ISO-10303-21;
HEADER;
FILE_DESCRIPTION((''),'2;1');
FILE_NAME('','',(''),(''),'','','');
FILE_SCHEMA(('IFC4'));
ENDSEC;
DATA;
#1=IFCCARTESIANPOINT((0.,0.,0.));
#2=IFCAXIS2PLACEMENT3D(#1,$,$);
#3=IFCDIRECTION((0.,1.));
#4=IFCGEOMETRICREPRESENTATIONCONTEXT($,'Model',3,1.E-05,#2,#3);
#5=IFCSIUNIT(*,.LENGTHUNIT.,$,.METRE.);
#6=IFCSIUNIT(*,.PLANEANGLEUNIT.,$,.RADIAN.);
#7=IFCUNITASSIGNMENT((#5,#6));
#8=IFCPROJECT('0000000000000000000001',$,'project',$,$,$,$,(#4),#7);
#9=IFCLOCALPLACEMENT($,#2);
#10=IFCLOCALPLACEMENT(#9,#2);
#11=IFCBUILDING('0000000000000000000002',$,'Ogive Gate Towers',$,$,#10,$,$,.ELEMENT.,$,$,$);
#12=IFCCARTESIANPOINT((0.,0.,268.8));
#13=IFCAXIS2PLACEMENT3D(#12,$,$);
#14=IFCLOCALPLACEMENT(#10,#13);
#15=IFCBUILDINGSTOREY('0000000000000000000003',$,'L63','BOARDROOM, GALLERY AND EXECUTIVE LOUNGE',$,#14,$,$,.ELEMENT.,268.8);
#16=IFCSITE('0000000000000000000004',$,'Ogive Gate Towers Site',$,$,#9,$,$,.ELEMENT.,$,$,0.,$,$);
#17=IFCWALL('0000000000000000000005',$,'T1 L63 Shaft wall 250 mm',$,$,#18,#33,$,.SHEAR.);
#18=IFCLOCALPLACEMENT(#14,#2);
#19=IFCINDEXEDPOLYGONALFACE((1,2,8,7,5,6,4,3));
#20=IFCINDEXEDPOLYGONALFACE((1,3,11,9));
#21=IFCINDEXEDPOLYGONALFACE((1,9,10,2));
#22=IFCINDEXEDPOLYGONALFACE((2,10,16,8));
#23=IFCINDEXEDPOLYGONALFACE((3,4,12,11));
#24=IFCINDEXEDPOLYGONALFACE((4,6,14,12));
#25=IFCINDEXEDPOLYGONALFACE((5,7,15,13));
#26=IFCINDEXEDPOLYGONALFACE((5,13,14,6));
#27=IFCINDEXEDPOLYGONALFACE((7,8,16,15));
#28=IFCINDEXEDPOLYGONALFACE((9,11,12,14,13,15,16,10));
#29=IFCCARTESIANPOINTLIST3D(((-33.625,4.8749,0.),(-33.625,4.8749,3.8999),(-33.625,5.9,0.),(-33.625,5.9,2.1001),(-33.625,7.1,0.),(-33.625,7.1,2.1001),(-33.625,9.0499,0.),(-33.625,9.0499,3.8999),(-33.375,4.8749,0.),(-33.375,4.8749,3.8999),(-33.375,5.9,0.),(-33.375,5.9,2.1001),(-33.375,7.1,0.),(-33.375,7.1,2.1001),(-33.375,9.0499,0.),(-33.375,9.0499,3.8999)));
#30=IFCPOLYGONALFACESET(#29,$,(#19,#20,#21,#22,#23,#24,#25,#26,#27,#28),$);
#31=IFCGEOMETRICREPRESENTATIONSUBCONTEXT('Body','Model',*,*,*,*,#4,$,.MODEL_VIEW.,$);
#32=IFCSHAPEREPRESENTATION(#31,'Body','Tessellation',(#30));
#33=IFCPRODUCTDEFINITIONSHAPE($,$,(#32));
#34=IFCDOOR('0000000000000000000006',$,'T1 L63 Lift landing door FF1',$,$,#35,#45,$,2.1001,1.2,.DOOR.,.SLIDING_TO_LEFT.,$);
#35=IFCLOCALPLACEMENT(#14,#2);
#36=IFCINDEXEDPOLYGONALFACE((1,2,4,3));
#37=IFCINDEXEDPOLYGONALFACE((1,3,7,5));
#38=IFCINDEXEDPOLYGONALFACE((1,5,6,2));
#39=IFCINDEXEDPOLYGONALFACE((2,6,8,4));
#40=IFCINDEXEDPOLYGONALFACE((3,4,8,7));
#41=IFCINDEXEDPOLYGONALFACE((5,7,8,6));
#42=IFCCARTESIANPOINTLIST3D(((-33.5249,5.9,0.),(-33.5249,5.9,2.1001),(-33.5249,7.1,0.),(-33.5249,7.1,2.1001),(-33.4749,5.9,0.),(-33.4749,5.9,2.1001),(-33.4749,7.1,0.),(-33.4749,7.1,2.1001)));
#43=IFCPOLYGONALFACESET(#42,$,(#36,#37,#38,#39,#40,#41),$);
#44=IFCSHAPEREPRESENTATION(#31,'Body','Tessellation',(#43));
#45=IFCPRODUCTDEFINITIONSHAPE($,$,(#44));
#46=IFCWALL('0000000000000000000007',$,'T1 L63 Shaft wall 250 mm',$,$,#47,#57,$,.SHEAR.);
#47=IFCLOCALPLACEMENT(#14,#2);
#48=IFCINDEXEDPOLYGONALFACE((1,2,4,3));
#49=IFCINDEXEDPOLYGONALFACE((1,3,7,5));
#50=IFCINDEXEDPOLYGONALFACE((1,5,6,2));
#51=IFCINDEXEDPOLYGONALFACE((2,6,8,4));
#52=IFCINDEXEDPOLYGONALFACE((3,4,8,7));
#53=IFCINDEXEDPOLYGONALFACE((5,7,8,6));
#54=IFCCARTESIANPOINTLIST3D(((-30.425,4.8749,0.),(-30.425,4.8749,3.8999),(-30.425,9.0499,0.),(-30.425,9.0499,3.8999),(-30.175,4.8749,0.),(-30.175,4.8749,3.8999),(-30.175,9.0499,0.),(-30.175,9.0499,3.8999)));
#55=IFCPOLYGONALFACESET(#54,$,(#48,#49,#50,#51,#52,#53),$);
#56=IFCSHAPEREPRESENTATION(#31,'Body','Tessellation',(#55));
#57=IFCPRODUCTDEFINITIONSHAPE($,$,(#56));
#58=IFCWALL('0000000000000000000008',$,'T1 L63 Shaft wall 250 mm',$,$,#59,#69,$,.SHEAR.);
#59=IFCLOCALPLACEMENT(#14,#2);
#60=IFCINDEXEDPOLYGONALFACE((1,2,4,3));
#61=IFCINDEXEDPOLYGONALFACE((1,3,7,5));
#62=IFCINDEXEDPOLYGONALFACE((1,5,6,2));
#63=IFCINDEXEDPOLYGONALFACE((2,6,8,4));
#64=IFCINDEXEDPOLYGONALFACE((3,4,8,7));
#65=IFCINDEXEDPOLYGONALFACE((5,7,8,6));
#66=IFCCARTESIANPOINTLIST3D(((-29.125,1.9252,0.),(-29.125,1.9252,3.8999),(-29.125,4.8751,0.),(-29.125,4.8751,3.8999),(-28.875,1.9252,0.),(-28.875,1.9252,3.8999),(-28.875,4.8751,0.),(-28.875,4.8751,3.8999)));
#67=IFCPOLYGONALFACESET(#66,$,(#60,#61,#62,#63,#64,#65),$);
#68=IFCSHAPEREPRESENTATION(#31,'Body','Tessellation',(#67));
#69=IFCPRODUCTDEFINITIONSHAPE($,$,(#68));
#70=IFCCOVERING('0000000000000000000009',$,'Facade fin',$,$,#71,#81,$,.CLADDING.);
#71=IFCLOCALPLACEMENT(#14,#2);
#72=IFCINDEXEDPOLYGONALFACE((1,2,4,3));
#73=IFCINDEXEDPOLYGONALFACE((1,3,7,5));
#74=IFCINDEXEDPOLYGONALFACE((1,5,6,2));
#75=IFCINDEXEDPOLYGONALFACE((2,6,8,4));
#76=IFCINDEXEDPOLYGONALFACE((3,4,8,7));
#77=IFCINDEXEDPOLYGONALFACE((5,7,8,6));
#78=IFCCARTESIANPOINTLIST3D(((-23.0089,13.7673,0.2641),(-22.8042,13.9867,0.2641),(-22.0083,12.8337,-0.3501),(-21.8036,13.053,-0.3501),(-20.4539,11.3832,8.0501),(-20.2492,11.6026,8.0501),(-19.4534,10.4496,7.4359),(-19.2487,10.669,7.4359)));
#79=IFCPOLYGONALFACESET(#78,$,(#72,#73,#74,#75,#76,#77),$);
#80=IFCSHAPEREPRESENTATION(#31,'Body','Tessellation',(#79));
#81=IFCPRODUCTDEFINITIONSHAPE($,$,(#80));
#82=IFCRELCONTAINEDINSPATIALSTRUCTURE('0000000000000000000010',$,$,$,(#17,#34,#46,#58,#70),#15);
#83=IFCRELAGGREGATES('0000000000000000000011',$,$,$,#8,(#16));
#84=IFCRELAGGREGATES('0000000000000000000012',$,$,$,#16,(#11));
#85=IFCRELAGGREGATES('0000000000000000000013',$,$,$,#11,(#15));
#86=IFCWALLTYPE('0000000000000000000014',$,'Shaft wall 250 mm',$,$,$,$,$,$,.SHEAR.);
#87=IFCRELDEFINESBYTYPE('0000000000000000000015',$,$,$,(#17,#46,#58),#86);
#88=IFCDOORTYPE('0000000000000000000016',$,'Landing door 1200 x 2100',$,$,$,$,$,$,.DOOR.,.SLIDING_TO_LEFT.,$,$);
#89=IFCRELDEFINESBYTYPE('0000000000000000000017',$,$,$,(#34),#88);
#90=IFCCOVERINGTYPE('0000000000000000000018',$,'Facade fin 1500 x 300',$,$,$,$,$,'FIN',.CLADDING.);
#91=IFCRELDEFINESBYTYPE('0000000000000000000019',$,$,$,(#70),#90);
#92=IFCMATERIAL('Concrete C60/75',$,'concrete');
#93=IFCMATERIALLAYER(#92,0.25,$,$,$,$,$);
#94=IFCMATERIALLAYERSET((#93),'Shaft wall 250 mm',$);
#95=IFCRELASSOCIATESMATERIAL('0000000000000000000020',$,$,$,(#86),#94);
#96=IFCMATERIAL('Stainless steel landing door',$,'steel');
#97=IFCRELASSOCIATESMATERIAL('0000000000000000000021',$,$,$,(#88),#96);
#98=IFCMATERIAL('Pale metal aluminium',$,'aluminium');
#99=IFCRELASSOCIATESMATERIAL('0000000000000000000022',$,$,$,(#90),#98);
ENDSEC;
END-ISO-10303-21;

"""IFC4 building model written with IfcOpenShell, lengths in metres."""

from ifc_helpers import new_model, si_unit, direction, frame, frame_2d, origin, origin_2d, place, context, subcontext, project, spatial, rectangle, extrude, material, layer, layer_set, material_profile, profile_set, type_object, element, fill, save


model = new_model("IFC4")

# Units and contexts
model_context = context("Model", 3, precision=1e-05, world=origin(), true_north=direction((0.0, 1.0)))
body_context = subcontext(model_context, "Body", "Model", "MODEL_VIEW")
ifc_project = project(units=[si_unit("LENGTHUNIT", "METRE"), si_unit("PLANEANGLEUNIT", "RADIAN")], contexts=[model_context])

# Site, building, storey
site_placement = place(None, origin())
site = spatial("IfcSite", under=ifc_project, at=site_placement, Name="Ogive Gate Towers Site", CompositionType="ELEMENT", RefElevation=0.0)
building_placement = place(site_placement, origin())
building = spatial("IfcBuilding", under=site, at=building_placement, Name="Ogive Gate Towers", CompositionType="ELEMENT")
storey_placement = place(building_placement, frame((0.0, 0.0, 268.8)))
storey = spatial("IfcBuildingStorey", under=building, at=storey_placement, Name="L63", Description="BOARDROOM, GALLERY AND EXECUTIVE LOUNGE", CompositionType="ELEMENT", Elevation=268.8)

# Shared definitions
ifc_material_1 = material(Name="Pale metal aluminium", Category="aluminium")

# Wall, opening, door
ifc_material_2 = material(Name="Concrete C60/75", Category="concrete")
ifc_layer_1 = layer(ifc_material_2, 0.25)
ifc_layer_set_1 = layer_set([ifc_layer_1], Name="Shaft wall 250 mm")
wall_type_1 = type_object("IfcWallType", Name="Shaft wall 250 mm", PredefinedType="SHEAR", material=ifc_layer_set_1)
wall_1_placement = place(storey_placement, frame((-33.5, 4.875, 0.0), z_axis=(0.0, 0.0, 1.0), x_axis=(0.0, 1.0, 0.0)))
wall_1 = element("IfcWall", 1, at=wall_1_placement, inside=storey, type_object=wall_type_1, Name="T1 L63 Shaft wall 250 mm", PredefinedType="SHEAR", context=body_context, shape_type="SweptSolid", body=[
    extrude(rectangle(XDim=4.175, YDim=0.25, at=frame_2d((2.0874, 0.0))), origin(), (0.0, 0.0, 1.0), 3.8999),
])
opening_1_placement = place(wall_1_placement, frame((1.0249, 0.0, 0.0)))
opening_1 = element("IfcOpeningElement", 2, at=opening_1_placement, cuts=wall_1, PredefinedType="OPENING", context=body_context, shape_type="SweptSolid", body=[
    extrude(rectangle(XDim=1.2, YDim=2.1001, at=frame_2d((0.6001, 1.05))), frame((0.0, 0.135, 0.0), z_axis=(0.0, -1.0, 0.0), x_axis=(1.0, 0.0, 0.0)), (0.0, 0.0, 1.0), 0.27),
])
ifc_material_3 = material(Name="Stainless steel landing door", Category="steel")
door_type_1 = type_object("IfcDoorType", Name="Landing door 1200 x 2100", OperationType="SLIDING_TO_LEFT", PredefinedType="DOOR", material=ifc_material_3)
door_1_placement = place(opening_1_placement, origin())
door_1 = element("IfcDoor", 3, at=door_1_placement, inside=storey, type_object=door_type_1, Name="T1 L63 Lift landing door FF1", OperationType="SLIDING_TO_LEFT", OverallHeight=2.1001, OverallWidth=1.2, PredefinedType="DOOR", context=body_context, shape_type="SweptSolid", body=[
    extrude(rectangle(XDim=1.2, YDim=2.1001, at=frame_2d((0.6001, 1.05))), frame((0.0, 0.0249, 0.0), z_axis=(0.0, -1.0, 0.0), x_axis=(1.0, 0.0, 0.0)), (0.0, 0.0, 1.0), 0.05),
])
fill(opening_1, door_1)

# Walls
wall_2_placement = place(storey_placement, frame((-30.3, 4.875, 0.0), z_axis=(0.0, 0.0, 1.0), x_axis=(0.0, 1.0, 0.0)))
element("IfcWall", 4, at=wall_2_placement, inside=storey, type_object=wall_type_1, Name="T1 L63 Shaft wall 250 mm", PredefinedType="SHEAR", context=body_context, shape_type="SweptSolid", body=[
    extrude(rectangle(XDim=4.175, YDim=0.25, at=frame_2d((2.0874, 0.0))), origin(), (0.0, 0.0, 1.0), 3.8999),
])
wall_3_placement = place(storey_placement, frame((-29.0, 1.925, 0.0), z_axis=(0.0, 0.0, 1.0), x_axis=(0.0, 1.0, 0.0)))
element("IfcWall", 5, at=wall_3_placement, inside=storey, type_object=wall_type_1, Name="T1 L63 Shaft wall 250 mm", PredefinedType="SHEAR", context=body_context, shape_type="SweptSolid", body=[
    extrude(rectangle(XDim=2.95, YDim=0.25, at=frame_2d((1.4751, 0.0))), origin(), (0.0, 0.0, 1.0), 3.8999),
])

# Covering
ifc_material_profile_1 = material_profile(ifc_material_1, rectangle(XDim=0.3, YDim=1.5, at=origin_2d()), Name="1500 x 300 pale metal aluminium")
ifc_profile_set_1 = profile_set([ifc_material_profile_1], Name="Pale metal aluminium")
covering_type = type_object("IfcCoveringType", Name="Facade fin 1500 x 300", ElementType="FIN", PredefinedType="CLADDING", material=ifc_profile_set_1)
covering_placement = place(storey_placement, frame((-22.4062, 13.4102, -0.043), z_axis=(0.299378, -0.279353, 0.912324), x_axis=(0.682231, 0.731137, 0.0)))
element("IfcCovering", 6, at=covering_placement, inside=storey, type_object=covering_type, Name="Facade fin", PredefinedType="CLADDING", context=body_context, shape_type="SweptSolid", body=[
    extrude(rectangle(XDim=0.3, YDim=1.5, at=origin_2d()), origin(), (0.0, 0.0, 1.0), 8.5342),
])

save(model, "model.ifc")
